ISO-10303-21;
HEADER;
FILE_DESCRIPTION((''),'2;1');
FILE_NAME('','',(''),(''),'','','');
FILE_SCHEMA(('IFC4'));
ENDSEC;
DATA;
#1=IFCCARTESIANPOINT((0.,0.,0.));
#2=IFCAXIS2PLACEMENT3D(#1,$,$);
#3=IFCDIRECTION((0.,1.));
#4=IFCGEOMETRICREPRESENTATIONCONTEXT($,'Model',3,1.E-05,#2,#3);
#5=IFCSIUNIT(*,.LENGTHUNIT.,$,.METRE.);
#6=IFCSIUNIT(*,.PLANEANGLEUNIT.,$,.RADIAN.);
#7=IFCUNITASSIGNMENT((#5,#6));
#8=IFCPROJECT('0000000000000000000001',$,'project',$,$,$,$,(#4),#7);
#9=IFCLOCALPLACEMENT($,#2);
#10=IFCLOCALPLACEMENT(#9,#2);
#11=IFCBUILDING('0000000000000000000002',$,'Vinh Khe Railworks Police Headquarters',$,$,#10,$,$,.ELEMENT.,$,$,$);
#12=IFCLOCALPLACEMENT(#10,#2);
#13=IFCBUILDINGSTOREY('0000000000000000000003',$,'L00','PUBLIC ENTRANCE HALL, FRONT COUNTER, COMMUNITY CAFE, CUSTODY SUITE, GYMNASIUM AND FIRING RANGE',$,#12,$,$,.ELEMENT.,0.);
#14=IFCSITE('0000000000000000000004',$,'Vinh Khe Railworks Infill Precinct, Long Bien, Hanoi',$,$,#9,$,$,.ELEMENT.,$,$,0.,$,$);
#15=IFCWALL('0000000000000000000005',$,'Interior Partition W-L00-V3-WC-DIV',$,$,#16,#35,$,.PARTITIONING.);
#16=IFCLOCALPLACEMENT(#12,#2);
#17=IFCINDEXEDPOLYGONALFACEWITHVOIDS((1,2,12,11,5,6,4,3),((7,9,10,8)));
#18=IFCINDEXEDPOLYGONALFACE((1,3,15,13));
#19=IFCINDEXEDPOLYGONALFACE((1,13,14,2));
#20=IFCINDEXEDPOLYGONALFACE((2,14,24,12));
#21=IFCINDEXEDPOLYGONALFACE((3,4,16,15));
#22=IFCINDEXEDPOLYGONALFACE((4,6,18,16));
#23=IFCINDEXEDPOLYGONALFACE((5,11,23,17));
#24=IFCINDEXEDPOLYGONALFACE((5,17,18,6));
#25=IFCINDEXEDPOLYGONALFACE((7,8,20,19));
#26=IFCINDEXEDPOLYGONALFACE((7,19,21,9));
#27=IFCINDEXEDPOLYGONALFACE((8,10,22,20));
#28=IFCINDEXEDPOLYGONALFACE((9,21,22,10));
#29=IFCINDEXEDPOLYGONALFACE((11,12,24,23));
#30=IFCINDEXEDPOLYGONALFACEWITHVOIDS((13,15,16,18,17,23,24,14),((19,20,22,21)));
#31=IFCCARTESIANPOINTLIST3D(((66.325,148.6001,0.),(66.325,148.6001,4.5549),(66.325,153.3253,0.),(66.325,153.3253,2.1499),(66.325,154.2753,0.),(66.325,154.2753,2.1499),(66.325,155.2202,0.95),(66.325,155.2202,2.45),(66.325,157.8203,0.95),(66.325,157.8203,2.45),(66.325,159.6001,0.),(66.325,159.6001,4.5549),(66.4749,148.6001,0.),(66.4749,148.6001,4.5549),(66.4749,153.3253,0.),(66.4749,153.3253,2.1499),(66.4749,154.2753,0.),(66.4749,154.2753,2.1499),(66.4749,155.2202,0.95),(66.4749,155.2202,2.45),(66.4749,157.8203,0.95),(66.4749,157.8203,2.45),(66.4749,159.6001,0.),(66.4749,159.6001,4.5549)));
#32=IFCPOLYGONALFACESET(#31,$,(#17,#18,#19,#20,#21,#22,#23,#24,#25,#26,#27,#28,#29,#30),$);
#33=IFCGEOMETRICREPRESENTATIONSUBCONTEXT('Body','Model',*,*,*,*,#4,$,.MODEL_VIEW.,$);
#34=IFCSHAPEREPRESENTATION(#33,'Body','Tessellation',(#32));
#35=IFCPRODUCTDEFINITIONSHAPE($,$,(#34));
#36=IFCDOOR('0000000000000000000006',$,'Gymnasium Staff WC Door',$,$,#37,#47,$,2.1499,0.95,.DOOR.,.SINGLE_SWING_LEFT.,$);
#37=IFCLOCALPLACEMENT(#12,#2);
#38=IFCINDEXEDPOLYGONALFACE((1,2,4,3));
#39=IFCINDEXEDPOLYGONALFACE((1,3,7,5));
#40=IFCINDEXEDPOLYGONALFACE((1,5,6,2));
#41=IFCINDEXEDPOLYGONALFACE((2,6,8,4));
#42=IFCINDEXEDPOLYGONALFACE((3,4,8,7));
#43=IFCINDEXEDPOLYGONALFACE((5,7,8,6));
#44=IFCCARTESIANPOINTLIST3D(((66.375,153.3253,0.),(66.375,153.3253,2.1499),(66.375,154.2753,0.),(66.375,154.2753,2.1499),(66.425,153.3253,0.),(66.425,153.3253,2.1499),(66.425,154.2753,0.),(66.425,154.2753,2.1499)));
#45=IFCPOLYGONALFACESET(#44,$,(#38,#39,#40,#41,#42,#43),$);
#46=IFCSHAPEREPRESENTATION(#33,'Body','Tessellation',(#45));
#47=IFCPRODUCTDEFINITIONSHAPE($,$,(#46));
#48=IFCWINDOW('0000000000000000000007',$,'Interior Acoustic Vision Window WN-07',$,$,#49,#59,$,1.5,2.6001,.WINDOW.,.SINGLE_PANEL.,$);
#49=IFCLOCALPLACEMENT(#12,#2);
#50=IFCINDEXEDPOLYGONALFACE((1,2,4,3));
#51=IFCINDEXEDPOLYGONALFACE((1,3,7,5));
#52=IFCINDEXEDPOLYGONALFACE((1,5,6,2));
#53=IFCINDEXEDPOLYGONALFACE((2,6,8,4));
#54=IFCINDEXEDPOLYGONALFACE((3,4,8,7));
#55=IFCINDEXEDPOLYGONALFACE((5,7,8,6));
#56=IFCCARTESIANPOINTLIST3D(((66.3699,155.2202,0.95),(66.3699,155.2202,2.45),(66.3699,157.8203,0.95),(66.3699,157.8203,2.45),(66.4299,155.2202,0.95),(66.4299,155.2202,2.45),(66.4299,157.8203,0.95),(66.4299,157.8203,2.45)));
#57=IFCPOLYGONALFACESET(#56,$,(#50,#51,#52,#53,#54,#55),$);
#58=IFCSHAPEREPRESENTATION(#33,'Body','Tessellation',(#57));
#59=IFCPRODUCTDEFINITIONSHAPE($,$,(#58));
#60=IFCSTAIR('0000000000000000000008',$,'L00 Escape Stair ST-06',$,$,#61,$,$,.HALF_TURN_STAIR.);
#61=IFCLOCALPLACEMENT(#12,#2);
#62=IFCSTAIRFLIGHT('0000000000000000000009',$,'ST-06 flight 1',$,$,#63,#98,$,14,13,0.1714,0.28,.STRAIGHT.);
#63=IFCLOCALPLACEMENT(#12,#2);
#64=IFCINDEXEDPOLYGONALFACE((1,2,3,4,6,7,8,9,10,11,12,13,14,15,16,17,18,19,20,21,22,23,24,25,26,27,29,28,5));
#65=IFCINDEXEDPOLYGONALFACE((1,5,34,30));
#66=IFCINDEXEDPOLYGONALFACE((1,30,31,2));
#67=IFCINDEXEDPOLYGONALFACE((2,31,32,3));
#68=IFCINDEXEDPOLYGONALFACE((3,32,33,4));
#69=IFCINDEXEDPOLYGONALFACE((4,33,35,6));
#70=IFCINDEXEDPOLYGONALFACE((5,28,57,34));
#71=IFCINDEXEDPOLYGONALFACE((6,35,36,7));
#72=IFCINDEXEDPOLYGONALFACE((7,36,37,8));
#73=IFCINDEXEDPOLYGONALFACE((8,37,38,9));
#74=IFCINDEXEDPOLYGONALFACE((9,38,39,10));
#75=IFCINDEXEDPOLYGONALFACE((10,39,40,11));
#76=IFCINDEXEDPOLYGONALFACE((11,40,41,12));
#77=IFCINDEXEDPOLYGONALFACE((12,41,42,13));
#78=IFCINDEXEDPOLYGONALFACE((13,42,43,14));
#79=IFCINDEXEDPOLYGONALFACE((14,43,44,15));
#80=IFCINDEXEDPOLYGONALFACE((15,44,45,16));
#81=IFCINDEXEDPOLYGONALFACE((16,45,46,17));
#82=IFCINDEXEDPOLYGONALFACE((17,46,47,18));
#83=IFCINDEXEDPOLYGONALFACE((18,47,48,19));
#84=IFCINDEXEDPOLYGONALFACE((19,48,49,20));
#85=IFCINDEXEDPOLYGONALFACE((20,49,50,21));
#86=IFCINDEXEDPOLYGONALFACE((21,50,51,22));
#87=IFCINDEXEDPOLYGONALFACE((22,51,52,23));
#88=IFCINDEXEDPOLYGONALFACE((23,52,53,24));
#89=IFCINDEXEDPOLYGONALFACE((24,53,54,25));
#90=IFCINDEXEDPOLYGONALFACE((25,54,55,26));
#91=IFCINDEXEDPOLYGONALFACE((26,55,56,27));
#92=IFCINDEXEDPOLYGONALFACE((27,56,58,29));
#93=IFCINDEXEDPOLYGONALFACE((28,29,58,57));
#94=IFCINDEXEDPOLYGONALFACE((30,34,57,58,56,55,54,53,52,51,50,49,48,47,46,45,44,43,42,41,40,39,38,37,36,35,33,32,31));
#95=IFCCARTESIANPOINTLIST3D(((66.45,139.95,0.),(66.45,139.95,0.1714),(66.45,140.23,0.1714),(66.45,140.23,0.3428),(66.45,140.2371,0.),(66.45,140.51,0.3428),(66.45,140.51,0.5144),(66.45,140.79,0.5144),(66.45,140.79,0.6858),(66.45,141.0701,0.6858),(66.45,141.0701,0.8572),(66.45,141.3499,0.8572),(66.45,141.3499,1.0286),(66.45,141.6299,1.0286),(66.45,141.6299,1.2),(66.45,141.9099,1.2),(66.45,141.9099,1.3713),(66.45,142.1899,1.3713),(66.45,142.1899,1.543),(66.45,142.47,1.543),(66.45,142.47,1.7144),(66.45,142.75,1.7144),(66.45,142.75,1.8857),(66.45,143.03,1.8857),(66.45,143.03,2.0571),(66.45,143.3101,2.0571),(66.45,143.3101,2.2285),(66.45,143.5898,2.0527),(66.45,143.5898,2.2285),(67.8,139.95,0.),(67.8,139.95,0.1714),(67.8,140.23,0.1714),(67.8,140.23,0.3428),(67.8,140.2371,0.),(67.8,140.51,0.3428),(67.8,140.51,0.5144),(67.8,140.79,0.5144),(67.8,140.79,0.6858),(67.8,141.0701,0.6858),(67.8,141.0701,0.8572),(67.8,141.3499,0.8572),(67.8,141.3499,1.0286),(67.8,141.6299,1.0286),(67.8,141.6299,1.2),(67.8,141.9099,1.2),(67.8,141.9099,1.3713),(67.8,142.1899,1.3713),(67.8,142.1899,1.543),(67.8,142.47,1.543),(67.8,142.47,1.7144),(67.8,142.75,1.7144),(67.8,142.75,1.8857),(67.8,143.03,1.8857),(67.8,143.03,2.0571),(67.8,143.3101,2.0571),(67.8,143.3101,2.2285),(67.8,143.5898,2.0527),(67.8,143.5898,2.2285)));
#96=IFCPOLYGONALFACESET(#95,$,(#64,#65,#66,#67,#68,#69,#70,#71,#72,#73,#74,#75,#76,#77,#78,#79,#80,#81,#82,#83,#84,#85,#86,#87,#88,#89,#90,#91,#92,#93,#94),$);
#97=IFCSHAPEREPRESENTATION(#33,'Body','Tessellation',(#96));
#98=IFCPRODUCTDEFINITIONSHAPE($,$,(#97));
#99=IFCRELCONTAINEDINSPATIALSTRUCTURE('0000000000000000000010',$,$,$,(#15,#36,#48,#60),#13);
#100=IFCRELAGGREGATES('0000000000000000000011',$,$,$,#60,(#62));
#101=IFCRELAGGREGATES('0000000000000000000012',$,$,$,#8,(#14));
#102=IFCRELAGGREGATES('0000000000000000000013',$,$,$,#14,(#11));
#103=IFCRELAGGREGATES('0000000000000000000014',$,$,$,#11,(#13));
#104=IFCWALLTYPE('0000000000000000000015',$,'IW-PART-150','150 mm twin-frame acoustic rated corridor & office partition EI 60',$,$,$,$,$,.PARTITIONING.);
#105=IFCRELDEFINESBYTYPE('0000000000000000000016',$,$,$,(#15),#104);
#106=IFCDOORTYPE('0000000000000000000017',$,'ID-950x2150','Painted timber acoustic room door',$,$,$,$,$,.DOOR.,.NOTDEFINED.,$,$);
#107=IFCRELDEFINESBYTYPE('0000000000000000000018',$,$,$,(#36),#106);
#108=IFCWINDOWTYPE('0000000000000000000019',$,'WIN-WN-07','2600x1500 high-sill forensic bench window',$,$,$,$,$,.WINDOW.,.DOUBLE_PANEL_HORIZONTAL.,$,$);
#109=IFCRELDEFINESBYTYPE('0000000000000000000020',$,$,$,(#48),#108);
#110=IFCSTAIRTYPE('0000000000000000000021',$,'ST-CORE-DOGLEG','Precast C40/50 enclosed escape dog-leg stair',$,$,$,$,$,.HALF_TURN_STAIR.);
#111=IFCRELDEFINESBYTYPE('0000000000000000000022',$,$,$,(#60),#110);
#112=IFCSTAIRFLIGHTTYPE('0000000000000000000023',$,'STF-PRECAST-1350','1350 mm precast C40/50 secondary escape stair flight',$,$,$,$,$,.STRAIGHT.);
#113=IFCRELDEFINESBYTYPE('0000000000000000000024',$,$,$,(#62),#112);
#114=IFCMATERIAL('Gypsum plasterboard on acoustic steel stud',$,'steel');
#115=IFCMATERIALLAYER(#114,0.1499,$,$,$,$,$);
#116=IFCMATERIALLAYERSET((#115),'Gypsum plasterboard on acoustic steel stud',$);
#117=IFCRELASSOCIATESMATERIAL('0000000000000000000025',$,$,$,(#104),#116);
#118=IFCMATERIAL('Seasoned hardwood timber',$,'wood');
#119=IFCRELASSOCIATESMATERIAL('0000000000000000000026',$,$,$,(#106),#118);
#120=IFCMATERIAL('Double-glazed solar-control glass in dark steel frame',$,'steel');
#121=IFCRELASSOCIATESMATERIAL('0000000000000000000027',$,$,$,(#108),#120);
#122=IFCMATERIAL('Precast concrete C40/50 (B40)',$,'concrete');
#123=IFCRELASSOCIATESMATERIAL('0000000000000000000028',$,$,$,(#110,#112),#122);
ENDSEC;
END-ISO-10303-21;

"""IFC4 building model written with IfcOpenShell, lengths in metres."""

from ifc_helpers import new_model, si_unit, direction, frame, frame_2d, origin, place, context, subcontext, project, spatial, polyline, rectangle, outline, extrude, material, layer, layer_set, type_object, element, fill, aggregate, save


model = new_model("IFC4")

# Units and contexts
model_context = context("Model", 3, precision=1e-05, world=origin(), true_north=direction((0.0, 1.0)))
body_context = subcontext(model_context, "Body", "Model", "MODEL_VIEW")
ifc_project = project(units=[si_unit("LENGTHUNIT", "METRE"), si_unit("PLANEANGLEUNIT", "RADIAN")], contexts=[model_context])

# Site, building, storey
site_placement = place(None, origin())
site = spatial("IfcSite", under=ifc_project, at=site_placement, Name="Vinh Khe Railworks Infill Precinct, Long Bien, Hanoi", CompositionType="ELEMENT", RefElevation=0.0)
building_placement = place(site_placement, origin())
building = spatial("IfcBuilding", under=site, at=building_placement, Name="Vinh Khe Railworks Police Headquarters", CompositionType="ELEMENT")
storey_placement = place(building_placement, origin())
storey = spatial("IfcBuildingStorey", under=building, at=storey_placement, Name="L00", Description="PUBLIC ENTRANCE HALL, FRONT COUNTER, COMMUNITY CAFE, CUSTODY SUITE, GYMNASIUM AND FIRING RANGE", CompositionType="ELEMENT", Elevation=0.0)

# Shared definitions
ifc_material_1 = material(Name="Double-glazed solar-control glass in dark steel frame", Category="steel")

# Wall, openings, door, window
ifc_material_2 = material(Name="Gypsum plasterboard on acoustic steel stud", Category="steel")
ifc_layer_1 = layer(ifc_material_2, 0.1499)
ifc_layer_set_1 = layer_set([ifc_layer_1], Name="Gypsum plasterboard on acoustic steel stud")
wall_type_1 = type_object("IfcWallType", Name="IW-PART-150", Description="150 mm twin-frame acoustic rated corridor & office partition EI 60", PredefinedType="PARTITIONING", material=ifc_layer_set_1)
wall_1_placement = place(storey_placement, frame((66.3999, 148.6001, 0.0), z_axis=(0.0, 0.0, 1.0), x_axis=(0.0, 1.0, 0.0)))
wall_1 = element("IfcWall", 1, at=wall_1_placement, inside=storey, type_object=wall_type_1, Name="Interior Partition W-L00-V3-WC-DIV", PredefinedType="PARTITIONING", context=body_context, shape_type="SweptSolid", body=[
    extrude(rectangle(XDim=11.0, YDim=0.1499, at=frame_2d((5.5, 0.0))), origin(), (0.0, 0.0, 1.0), 4.5549),
])
opening_1_placement = place(wall_1_placement, frame((4.7251, 0.0, 0.0)))
opening_1 = element("IfcOpeningElement", 2, at=opening_1_placement, cuts=wall_1, PredefinedType="OPENING", context=body_context, shape_type="SweptSolid", body=[
    extrude(rectangle(XDim=0.95, YDim=2.1499, at=frame_2d((0.4751, 1.075))), frame((0.0, 0.0898, 0.0), z_axis=(0.0, -1.0, 0.0), x_axis=(1.0, 0.0, 0.0)), (0.0, 0.0, 1.0), 0.1797),
])
opening_2_placement = place(wall_1_placement, frame((6.6201, 0.0, 0.95)))
opening_2 = element("IfcOpeningElement", 3, at=opening_2_placement, cuts=wall_1, PredefinedType="OPENING", context=body_context, shape_type="SweptSolid", body=[
    extrude(rectangle(XDim=2.6001, YDim=1.5, at=frame_2d((1.3, 0.75))), frame((0.0, 0.0898, 0.0), z_axis=(0.0, -1.0, 0.0), x_axis=(1.0, 0.0, 0.0)), (0.0, 0.0, 1.0), 0.1797),
])
ifc_material_3 = material(Name="Seasoned hardwood timber", Category="wood")
door_type = type_object("IfcDoorType", Name="ID-950x2150", Description="Painted timber acoustic room door", OperationType="NOTDEFINED", PredefinedType="DOOR", material=ifc_material_3)
door_placement = place(opening_1_placement, origin())
door = element("IfcDoor", 4, at=door_placement, inside=storey, type_object=door_type, Name="Gymnasium Staff WC Door", OperationType="SINGLE_SWING_LEFT", OverallHeight=2.1499, OverallWidth=0.95, PredefinedType="DOOR", context=body_context, shape_type="SweptSolid", body=[
    extrude(rectangle(XDim=0.95, YDim=2.1499, at=frame_2d((0.4751, 1.075))), frame((0.0, 0.0249, 0.0), z_axis=(0.0, -1.0, 0.0), x_axis=(1.0, 0.0, 0.0)), (0.0, 0.0, 1.0), 0.05),
])
fill(opening_1, door)
window_type_1 = type_object("IfcWindowType", Name="WIN-WN-07", Description="2600x1500 high-sill forensic bench window", PartitioningType="DOUBLE_PANEL_HORIZONTAL", PredefinedType="WINDOW", material=ifc_material_1)
window_1_placement = place(opening_2_placement, origin())
window_1 = element("IfcWindow", 5, at=window_1_placement, inside=storey, type_object=window_type_1, Name="Interior Acoustic Vision Window WN-07", OverallHeight=1.5, OverallWidth=2.6001, PartitioningType="SINGLE_PANEL", PredefinedType="WINDOW", context=body_context, shape_type="SweptSolid", body=[
    extrude(rectangle(XDim=2.6001, YDim=1.5, at=frame_2d((1.3, 0.75))), frame((0.0, 0.03, 0.0), z_axis=(0.0, -1.0, 0.0), x_axis=(1.0, 0.0, 0.0)), (0.0, 0.0, 1.0), 0.0601),
])
fill(opening_2, window_1)

# Stair, stair flight
ifc_material_4 = material(Name="Precast concrete C40/50 (B40)", Category="concrete")
stair_type = type_object("IfcStairType", Name="ST-CORE-DOGLEG", Description="Precast C40/50 enclosed escape dog-leg stair", PredefinedType="HALF_TURN_STAIR", material=ifc_material_4)
stair_placement = place(storey_placement, origin())
stair = element("IfcStair", 6, at=stair_placement, inside=storey, type_object=stair_type, Name="L00 Escape Stair ST-06", PredefinedType="HALF_TURN_STAIR")
stair_flight_type = type_object("IfcStairFlightType", Name="STF-PRECAST-1350", Description="1350 mm precast C40/50 secondary escape stair flight", PredefinedType="STRAIGHT", material=ifc_material_4)
stair_flight_placement = place(storey_placement, frame((67.125, 139.95, 0.0), z_axis=(0.0, 0.0, 1.0), x_axis=(0.0, 1.0, 0.0)))
stair_flight = element("IfcStairFlight", 7, at=stair_flight_placement, type_object=stair_flight_type, Name="ST-06 flight 1", NumberOfRisers=14, NumberOfTreads=13, PredefinedType="STRAIGHT", RiserHeight=0.1714, TreadLength=0.28, context=body_context, shape_type="SweptSolid", body=[
    extrude(outline(polyline([(0.0, 0.0), (0.0, 0.1714), (0.28, 0.1714), (0.28, 0.3428), (0.5601, 0.3428), (0.5601, 0.5144), (0.8401, 0.5144), (0.8401, 0.6858), (1.1201, 0.6858), (1.1201, 0.8572), (1.3999, 0.8572), (1.3999, 1.0286), (1.6799, 1.0286), (1.6799, 1.2), (1.96, 1.2), (1.96, 1.3713), (2.24, 1.3713), (2.24, 1.543), (2.52, 1.543), (2.52, 1.7144), (2.8, 1.7144), (2.8, 1.8857), (3.0801, 1.8857), (3.0801, 2.0571), (3.3601, 2.0571), (3.3601, 2.2285), (3.6399, 2.2285), (3.6399, 2.3999), (3.6399, 2.0527), (0.2871, 0.0), (0.0, 0.0)])), frame((0.0, 0.675, 0.0), z_axis=(0.0, -1.0, 0.0), x_axis=(1.0, 0.0, 0.0)), (0.0, 0.0, 1.0), 1.3501),
])
aggregate(stair, [stair_flight])

save(model, "model.ifc")
